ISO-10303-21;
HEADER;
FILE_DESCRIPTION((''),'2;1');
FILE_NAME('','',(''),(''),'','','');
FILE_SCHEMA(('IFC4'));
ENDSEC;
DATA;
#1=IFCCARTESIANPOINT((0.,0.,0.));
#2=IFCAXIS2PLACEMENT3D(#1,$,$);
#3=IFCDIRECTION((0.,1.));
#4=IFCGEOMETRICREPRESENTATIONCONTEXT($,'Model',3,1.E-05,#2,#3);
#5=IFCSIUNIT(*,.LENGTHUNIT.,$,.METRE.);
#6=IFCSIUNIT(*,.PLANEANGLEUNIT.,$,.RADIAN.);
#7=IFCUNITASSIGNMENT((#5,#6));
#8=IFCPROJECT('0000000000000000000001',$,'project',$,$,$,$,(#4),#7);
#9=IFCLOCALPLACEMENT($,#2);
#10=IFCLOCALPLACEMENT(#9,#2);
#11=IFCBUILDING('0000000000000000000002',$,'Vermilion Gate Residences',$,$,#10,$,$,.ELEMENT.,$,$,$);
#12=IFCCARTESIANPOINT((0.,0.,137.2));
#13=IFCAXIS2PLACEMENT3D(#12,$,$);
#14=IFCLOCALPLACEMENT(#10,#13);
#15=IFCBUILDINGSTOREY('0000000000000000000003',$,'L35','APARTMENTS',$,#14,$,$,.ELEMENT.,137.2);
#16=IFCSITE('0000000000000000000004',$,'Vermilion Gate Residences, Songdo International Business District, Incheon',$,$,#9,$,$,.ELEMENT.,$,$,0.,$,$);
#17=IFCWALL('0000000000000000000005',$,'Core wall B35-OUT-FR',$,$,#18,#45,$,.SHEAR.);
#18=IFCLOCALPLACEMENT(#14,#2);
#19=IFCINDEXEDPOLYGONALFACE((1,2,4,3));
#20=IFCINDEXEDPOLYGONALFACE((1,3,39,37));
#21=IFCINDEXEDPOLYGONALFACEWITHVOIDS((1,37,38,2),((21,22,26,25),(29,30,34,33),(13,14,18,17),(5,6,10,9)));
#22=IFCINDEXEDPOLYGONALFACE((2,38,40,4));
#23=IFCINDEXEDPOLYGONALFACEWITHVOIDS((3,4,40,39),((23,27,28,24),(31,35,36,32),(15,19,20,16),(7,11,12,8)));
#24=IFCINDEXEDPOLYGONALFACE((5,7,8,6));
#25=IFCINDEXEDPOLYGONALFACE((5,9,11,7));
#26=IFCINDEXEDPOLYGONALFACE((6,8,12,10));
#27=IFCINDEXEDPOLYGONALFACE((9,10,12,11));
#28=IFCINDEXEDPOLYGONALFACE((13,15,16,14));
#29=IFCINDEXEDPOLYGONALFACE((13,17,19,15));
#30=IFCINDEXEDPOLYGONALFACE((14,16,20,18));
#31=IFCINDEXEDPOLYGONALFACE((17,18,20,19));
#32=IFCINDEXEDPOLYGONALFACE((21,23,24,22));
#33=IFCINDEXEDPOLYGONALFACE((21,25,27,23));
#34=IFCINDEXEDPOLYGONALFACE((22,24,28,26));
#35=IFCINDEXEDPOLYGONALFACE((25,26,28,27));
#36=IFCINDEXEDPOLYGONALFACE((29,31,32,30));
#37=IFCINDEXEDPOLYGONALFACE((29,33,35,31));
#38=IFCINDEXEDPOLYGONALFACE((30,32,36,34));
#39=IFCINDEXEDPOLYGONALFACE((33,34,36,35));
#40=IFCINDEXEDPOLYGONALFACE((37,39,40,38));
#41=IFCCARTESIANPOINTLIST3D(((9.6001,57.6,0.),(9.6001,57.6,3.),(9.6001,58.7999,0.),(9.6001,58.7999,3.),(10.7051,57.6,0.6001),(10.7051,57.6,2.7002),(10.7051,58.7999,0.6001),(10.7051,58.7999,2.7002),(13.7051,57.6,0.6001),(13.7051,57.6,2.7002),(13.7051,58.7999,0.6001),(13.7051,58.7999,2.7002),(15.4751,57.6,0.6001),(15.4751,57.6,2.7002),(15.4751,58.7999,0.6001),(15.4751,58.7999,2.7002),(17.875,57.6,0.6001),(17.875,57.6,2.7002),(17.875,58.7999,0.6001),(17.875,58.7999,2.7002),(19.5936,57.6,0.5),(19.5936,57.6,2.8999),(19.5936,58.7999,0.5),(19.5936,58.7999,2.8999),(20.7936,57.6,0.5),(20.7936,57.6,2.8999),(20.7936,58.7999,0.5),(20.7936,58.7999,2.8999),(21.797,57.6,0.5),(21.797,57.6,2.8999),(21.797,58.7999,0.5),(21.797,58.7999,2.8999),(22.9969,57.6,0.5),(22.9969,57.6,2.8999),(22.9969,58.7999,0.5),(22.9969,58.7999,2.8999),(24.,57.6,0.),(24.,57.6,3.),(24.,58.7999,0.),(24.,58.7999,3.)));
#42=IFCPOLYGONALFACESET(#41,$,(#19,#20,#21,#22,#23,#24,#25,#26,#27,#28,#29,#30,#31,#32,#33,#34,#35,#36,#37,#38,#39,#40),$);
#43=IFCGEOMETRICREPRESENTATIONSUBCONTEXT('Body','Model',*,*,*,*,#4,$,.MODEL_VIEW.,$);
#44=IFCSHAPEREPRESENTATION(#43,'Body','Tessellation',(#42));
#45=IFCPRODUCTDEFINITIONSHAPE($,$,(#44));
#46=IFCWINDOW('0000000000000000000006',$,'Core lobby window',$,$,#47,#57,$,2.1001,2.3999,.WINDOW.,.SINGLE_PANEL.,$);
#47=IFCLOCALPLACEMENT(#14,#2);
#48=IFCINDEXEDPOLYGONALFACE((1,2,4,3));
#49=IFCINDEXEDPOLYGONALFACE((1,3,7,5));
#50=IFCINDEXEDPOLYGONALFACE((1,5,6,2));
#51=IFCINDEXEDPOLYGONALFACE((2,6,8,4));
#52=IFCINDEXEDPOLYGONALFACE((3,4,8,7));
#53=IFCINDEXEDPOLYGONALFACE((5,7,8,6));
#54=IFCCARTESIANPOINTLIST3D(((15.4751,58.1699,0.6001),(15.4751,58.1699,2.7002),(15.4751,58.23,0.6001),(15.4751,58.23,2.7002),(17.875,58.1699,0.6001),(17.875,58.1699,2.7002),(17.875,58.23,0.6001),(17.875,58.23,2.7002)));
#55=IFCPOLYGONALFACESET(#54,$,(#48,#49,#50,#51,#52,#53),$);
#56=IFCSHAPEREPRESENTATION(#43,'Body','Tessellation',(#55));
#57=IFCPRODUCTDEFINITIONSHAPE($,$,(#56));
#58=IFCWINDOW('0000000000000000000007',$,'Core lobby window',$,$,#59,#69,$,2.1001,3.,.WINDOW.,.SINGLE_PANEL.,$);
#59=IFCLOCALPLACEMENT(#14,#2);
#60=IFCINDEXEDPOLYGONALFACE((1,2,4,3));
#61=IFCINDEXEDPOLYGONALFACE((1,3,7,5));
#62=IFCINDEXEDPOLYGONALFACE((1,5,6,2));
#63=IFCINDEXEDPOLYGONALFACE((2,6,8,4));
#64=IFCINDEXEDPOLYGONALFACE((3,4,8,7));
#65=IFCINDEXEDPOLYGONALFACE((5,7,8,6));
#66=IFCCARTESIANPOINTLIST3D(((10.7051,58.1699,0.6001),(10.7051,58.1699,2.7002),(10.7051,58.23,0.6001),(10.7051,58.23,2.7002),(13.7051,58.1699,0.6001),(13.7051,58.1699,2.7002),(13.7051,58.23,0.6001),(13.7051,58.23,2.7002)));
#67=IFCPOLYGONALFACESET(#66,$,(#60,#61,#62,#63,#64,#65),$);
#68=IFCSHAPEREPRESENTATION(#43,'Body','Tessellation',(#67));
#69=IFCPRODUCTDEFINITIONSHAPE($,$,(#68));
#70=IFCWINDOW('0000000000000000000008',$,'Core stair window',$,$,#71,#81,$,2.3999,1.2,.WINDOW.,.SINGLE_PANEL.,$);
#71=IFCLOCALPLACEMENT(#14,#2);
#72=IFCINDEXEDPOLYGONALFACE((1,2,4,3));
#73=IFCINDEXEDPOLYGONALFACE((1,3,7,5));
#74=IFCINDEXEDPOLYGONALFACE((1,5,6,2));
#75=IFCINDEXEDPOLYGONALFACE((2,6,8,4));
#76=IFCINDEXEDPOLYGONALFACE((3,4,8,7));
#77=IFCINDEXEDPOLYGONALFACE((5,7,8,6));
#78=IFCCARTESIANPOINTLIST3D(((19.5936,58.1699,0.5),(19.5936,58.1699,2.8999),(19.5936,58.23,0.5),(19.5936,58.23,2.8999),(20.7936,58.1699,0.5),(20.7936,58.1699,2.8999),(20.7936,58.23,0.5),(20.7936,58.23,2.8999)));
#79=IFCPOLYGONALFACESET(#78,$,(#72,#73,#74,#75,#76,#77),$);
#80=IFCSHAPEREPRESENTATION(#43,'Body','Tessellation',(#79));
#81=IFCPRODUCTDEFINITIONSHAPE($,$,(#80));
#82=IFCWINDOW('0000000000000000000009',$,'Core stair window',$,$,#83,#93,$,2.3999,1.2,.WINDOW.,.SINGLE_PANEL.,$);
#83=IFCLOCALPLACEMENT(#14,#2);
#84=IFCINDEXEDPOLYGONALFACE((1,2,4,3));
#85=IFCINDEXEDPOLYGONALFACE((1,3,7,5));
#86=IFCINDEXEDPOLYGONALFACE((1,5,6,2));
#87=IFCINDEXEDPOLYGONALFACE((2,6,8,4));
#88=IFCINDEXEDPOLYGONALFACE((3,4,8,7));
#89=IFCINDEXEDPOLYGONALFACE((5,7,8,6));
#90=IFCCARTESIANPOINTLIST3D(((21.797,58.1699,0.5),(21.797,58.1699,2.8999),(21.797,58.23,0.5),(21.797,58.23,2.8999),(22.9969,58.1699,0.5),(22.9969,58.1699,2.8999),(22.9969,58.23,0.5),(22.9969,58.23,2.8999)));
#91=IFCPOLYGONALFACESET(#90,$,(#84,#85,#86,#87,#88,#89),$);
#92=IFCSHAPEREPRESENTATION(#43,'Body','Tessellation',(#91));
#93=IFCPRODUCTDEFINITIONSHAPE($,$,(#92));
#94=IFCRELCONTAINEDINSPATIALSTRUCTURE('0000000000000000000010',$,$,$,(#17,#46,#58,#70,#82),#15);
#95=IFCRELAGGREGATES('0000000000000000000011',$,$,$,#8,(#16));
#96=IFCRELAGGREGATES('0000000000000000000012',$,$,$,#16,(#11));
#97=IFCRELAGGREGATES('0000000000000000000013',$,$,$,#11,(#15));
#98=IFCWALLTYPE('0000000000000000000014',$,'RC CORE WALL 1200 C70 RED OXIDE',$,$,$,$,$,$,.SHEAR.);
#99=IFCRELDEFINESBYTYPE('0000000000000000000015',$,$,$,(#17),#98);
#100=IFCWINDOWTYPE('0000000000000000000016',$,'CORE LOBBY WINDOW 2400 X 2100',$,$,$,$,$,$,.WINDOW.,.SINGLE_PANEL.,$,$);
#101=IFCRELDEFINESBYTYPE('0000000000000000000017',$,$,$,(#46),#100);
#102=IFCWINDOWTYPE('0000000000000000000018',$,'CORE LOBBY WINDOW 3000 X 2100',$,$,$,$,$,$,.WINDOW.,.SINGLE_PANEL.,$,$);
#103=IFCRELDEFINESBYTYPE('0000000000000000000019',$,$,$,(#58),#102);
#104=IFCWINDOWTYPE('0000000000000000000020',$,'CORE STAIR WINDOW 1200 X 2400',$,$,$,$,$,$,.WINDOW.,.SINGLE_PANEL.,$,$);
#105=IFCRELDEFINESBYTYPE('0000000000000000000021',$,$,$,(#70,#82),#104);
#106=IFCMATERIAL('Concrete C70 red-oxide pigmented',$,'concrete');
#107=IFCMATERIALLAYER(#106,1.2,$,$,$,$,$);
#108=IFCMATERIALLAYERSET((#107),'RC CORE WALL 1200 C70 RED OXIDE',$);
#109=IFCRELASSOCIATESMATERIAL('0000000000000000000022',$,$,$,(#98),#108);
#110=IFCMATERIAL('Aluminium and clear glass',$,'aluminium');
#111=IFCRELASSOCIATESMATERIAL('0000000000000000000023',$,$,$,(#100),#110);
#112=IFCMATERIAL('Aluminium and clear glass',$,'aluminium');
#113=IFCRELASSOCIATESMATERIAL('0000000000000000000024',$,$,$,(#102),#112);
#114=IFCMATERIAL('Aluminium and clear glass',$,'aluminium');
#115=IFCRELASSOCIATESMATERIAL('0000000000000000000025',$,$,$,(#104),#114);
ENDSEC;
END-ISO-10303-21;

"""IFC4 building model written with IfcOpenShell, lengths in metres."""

from ifc_helpers import new_model, si_unit, direction, frame, frame_2d, origin, place, context, subcontext, project, spatial, rectangle, extrude, material, layer, layer_set, type_object, element, fill, save


model = new_model("IFC4")

# Units and contexts
model_context = context("Model", 3, precision=1e-05, world=origin(), true_north=direction((0.0, 1.0)))
body_context = subcontext(model_context, "Body", "Model", "MODEL_VIEW")
ifc_project = project(units=[si_unit("LENGTHUNIT", "METRE"), si_unit("PLANEANGLEUNIT", "RADIAN")], contexts=[model_context])

# Site, building, storey
site_placement = place(None, origin())
site = spatial("IfcSite", under=ifc_project, at=site_placement, Name="Vermilion Gate Residences, Songdo International Business District, Incheon", CompositionType="ELEMENT", RefElevation=0.0)
building_placement = place(site_placement, origin())
building = spatial("IfcBuilding", under=site, at=building_placement, Name="Vermilion Gate Residences", CompositionType="ELEMENT")
storey_placement = place(building_placement, frame((0.0, 0.0, 137.2)))
storey = spatial("IfcBuildingStorey", under=building, at=storey_placement, Name="L35", Description="APARTMENTS", CompositionType="ELEMENT", Elevation=137.2)

# Wall, openings, windows
ifc_material_1 = material(Name="Concrete C70 red-oxide pigmented", Category="concrete")
ifc_layer_1 = layer(ifc_material_1, 1.2)
ifc_layer_set_1 = layer_set([ifc_layer_1], Name="RC CORE WALL 1200 C70 RED OXIDE")
wall_type_1 = type_object("IfcWallType", Name="RC CORE WALL 1200 C70 RED OXIDE", PredefinedType="SHEAR", material=ifc_layer_set_1)
wall_1_placement = place(storey_placement, frame((9.6001, 58.2, 0.0), z_axis=(0.0, 0.0, 1.0), x_axis=(1.0, 0.0, 0.0)))
wall_1 = element("IfcWall", 1, at=wall_1_placement, inside=storey, type_object=wall_type_1, Name="Core wall B35-OUT-FR", PredefinedType="SHEAR", context=body_context, shape_type="SweptSolid", body=[
    extrude(rectangle(XDim=14.3999, YDim=1.2, at=frame_2d((7.2, 0.0))), origin(), (0.0, 0.0, 1.0), 3.0),
])
opening_1_placement = place(wall_1_placement, frame((1.105, 0.0, 0.6001)))
opening_1 = element("IfcOpeningElement", 2, at=opening_1_placement, cuts=wall_1, PredefinedType="OPENING", context=body_context, shape_type="SweptSolid", body=[
    extrude(rectangle(XDim=3.0, YDim=2.1001, at=frame_2d((1.5, 1.05))), frame((0.0, 0.6099, 0.0), z_axis=(0.0, -1.0, 0.0), x_axis=(1.0, 0.0, 0.0)), (0.0, 0.0, 1.0), 1.22),
])
opening_2_placement = place(wall_1_placement, frame((5.875, 0.0, 0.6001)))
opening_2 = element("IfcOpeningElement", 3, at=opening_2_placement, cuts=wall_1, PredefinedType="OPENING", context=body_context, shape_type="SweptSolid", body=[
    extrude(rectangle(XDim=2.3999, YDim=2.1001, at=frame_2d((1.2, 1.05))), frame((0.0, 0.6099, 0.0), z_axis=(0.0, -1.0, 0.0), x_axis=(1.0, 0.0, 0.0)), (0.0, 0.0, 1.0), 1.22),
])
opening_3_placement = place(wall_1_placement, frame((9.9934, 0.0, 0.5)))
opening_3 = element("IfcOpeningElement", 4, at=opening_3_placement, cuts=wall_1, PredefinedType="OPENING", context=body_context, shape_type="SweptSolid", body=[
    extrude(rectangle(XDim=1.2, YDim=2.3999, at=frame_2d((0.6001, 1.2))), frame((0.0, 0.6099, 0.0), z_axis=(0.0, -1.0, 0.0), x_axis=(1.0, 0.0, 0.0)), (0.0, 0.0, 1.0), 1.22),
])
opening_4_placement = place(wall_1_placement, frame((12.1968, 0.0, 0.5)))
opening_4 = element("IfcOpeningElement", 5, at=opening_4_placement, cuts=wall_1, PredefinedType="OPENING", context=body_context, shape_type="SweptSolid", body=[
    extrude(rectangle(XDim=1.2, YDim=2.3999, at=frame_2d((0.6001, 1.2))), frame((0.0, 0.6099, 0.0), z_axis=(0.0, -1.0, 0.0), x_axis=(1.0, 0.0, 0.0)), (0.0, 0.0, 1.0), 1.22),
])
ifc_material_2 = material(Name="Aluminium and clear glass", Category="aluminium")
window_type_1 = type_object("IfcWindowType", Name="CORE LOBBY WINDOW 2400 X 2100", PartitioningType="SINGLE_PANEL", PredefinedType="WINDOW", material=ifc_material_2)
window_1_placement = place(opening_2_placement, origin())
window_1 = element("IfcWindow", 6, at=window_1_placement, inside=storey, type_object=window_type_1, Name="Core lobby window", OverallHeight=2.1001, OverallWidth=2.3999, PartitioningType="SINGLE_PANEL", PredefinedType="WINDOW", context=body_context, shape_type="SweptSolid", body=[
    extrude(rectangle(XDim=2.3999, YDim=2.1001, at=frame_2d((1.2, 1.05))), frame((0.0, 0.03, 0.0), z_axis=(0.0, -1.0, 0.0), x_axis=(1.0, 0.0, 0.0)), (0.0, 0.0, 1.0), 0.0601),
])
fill(opening_2, window_1)
ifc_material_3 = material(Name="Aluminium and clear glass", Category="aluminium")
window_type_2 = type_object("IfcWindowType", Name="CORE LOBBY WINDOW 3000 X 2100", PartitioningType="SINGLE_PANEL", PredefinedType="WINDOW", material=ifc_material_3)
window_2_placement = place(opening_1_placement, origin())
window_2 = element("IfcWindow", 7, at=window_2_placement, inside=storey, type_object=window_type_2, Name="Core lobby window", OverallHeight=2.1001, OverallWidth=3.0, PartitioningType="SINGLE_PANEL", PredefinedType="WINDOW", context=body_context, shape_type="SweptSolid", body=[
    extrude(rectangle(XDim=3.0, YDim=2.1001, at=frame_2d((1.5, 1.05))), frame((0.0, 0.03, 0.0), z_axis=(0.0, -1.0, 0.0), x_axis=(1.0, 0.0, 0.0)), (0.0, 0.0, 1.0), 0.0601),
])
fill(opening_1, window_2)
ifc_material_4 = material(Name="Aluminium and clear glass", Category="aluminium")
window_type_3 = type_object("IfcWindowType", Name="CORE STAIR WINDOW 1200 X 2400", PartitioningType="SINGLE_PANEL", PredefinedType="WINDOW", material=ifc_material_4)
window_3_placement = place(opening_3_placement, origin())
window_3 = element("IfcWindow", 8, at=window_3_placement, inside=storey, type_object=window_type_3, Name="Core stair window", OverallHeight=2.3999, OverallWidth=1.2, PartitioningType="SINGLE_PANEL", PredefinedType="WINDOW", context=body_context, shape_type="SweptSolid", body=[
    extrude(rectangle(XDim=1.2, YDim=2.3999, at=frame_2d((0.6001, 1.2))), frame((0.0, 0.03, 0.0), z_axis=(0.0, -1.0, 0.0), x_axis=(1.0, 0.0, 0.0)), (0.0, 0.0, 1.0), 0.0601),
])
fill(opening_3, window_3)
window_4_placement = place(opening_4_placement, origin())
window_4 = element("IfcWindow", 9, at=window_4_placement, inside=storey, type_object=window_type_3, Name="Core stair window", OverallHeight=2.3999, OverallWidth=1.2, PartitioningType="SINGLE_PANEL", PredefinedType="WINDOW", context=body_context, shape_type="SweptSolid", body=[
    extrude(rectangle(XDim=1.2, YDim=2.3999, at=frame_2d((0.6001, 1.2))), frame((0.0, 0.03, 0.0), z_axis=(0.0, -1.0, 0.0), x_axis=(1.0, 0.0, 0.0)), (0.0, 0.0, 1.0), 0.0601),
])
fill(opening_4, window_4)

save(model, "model.ifc")
